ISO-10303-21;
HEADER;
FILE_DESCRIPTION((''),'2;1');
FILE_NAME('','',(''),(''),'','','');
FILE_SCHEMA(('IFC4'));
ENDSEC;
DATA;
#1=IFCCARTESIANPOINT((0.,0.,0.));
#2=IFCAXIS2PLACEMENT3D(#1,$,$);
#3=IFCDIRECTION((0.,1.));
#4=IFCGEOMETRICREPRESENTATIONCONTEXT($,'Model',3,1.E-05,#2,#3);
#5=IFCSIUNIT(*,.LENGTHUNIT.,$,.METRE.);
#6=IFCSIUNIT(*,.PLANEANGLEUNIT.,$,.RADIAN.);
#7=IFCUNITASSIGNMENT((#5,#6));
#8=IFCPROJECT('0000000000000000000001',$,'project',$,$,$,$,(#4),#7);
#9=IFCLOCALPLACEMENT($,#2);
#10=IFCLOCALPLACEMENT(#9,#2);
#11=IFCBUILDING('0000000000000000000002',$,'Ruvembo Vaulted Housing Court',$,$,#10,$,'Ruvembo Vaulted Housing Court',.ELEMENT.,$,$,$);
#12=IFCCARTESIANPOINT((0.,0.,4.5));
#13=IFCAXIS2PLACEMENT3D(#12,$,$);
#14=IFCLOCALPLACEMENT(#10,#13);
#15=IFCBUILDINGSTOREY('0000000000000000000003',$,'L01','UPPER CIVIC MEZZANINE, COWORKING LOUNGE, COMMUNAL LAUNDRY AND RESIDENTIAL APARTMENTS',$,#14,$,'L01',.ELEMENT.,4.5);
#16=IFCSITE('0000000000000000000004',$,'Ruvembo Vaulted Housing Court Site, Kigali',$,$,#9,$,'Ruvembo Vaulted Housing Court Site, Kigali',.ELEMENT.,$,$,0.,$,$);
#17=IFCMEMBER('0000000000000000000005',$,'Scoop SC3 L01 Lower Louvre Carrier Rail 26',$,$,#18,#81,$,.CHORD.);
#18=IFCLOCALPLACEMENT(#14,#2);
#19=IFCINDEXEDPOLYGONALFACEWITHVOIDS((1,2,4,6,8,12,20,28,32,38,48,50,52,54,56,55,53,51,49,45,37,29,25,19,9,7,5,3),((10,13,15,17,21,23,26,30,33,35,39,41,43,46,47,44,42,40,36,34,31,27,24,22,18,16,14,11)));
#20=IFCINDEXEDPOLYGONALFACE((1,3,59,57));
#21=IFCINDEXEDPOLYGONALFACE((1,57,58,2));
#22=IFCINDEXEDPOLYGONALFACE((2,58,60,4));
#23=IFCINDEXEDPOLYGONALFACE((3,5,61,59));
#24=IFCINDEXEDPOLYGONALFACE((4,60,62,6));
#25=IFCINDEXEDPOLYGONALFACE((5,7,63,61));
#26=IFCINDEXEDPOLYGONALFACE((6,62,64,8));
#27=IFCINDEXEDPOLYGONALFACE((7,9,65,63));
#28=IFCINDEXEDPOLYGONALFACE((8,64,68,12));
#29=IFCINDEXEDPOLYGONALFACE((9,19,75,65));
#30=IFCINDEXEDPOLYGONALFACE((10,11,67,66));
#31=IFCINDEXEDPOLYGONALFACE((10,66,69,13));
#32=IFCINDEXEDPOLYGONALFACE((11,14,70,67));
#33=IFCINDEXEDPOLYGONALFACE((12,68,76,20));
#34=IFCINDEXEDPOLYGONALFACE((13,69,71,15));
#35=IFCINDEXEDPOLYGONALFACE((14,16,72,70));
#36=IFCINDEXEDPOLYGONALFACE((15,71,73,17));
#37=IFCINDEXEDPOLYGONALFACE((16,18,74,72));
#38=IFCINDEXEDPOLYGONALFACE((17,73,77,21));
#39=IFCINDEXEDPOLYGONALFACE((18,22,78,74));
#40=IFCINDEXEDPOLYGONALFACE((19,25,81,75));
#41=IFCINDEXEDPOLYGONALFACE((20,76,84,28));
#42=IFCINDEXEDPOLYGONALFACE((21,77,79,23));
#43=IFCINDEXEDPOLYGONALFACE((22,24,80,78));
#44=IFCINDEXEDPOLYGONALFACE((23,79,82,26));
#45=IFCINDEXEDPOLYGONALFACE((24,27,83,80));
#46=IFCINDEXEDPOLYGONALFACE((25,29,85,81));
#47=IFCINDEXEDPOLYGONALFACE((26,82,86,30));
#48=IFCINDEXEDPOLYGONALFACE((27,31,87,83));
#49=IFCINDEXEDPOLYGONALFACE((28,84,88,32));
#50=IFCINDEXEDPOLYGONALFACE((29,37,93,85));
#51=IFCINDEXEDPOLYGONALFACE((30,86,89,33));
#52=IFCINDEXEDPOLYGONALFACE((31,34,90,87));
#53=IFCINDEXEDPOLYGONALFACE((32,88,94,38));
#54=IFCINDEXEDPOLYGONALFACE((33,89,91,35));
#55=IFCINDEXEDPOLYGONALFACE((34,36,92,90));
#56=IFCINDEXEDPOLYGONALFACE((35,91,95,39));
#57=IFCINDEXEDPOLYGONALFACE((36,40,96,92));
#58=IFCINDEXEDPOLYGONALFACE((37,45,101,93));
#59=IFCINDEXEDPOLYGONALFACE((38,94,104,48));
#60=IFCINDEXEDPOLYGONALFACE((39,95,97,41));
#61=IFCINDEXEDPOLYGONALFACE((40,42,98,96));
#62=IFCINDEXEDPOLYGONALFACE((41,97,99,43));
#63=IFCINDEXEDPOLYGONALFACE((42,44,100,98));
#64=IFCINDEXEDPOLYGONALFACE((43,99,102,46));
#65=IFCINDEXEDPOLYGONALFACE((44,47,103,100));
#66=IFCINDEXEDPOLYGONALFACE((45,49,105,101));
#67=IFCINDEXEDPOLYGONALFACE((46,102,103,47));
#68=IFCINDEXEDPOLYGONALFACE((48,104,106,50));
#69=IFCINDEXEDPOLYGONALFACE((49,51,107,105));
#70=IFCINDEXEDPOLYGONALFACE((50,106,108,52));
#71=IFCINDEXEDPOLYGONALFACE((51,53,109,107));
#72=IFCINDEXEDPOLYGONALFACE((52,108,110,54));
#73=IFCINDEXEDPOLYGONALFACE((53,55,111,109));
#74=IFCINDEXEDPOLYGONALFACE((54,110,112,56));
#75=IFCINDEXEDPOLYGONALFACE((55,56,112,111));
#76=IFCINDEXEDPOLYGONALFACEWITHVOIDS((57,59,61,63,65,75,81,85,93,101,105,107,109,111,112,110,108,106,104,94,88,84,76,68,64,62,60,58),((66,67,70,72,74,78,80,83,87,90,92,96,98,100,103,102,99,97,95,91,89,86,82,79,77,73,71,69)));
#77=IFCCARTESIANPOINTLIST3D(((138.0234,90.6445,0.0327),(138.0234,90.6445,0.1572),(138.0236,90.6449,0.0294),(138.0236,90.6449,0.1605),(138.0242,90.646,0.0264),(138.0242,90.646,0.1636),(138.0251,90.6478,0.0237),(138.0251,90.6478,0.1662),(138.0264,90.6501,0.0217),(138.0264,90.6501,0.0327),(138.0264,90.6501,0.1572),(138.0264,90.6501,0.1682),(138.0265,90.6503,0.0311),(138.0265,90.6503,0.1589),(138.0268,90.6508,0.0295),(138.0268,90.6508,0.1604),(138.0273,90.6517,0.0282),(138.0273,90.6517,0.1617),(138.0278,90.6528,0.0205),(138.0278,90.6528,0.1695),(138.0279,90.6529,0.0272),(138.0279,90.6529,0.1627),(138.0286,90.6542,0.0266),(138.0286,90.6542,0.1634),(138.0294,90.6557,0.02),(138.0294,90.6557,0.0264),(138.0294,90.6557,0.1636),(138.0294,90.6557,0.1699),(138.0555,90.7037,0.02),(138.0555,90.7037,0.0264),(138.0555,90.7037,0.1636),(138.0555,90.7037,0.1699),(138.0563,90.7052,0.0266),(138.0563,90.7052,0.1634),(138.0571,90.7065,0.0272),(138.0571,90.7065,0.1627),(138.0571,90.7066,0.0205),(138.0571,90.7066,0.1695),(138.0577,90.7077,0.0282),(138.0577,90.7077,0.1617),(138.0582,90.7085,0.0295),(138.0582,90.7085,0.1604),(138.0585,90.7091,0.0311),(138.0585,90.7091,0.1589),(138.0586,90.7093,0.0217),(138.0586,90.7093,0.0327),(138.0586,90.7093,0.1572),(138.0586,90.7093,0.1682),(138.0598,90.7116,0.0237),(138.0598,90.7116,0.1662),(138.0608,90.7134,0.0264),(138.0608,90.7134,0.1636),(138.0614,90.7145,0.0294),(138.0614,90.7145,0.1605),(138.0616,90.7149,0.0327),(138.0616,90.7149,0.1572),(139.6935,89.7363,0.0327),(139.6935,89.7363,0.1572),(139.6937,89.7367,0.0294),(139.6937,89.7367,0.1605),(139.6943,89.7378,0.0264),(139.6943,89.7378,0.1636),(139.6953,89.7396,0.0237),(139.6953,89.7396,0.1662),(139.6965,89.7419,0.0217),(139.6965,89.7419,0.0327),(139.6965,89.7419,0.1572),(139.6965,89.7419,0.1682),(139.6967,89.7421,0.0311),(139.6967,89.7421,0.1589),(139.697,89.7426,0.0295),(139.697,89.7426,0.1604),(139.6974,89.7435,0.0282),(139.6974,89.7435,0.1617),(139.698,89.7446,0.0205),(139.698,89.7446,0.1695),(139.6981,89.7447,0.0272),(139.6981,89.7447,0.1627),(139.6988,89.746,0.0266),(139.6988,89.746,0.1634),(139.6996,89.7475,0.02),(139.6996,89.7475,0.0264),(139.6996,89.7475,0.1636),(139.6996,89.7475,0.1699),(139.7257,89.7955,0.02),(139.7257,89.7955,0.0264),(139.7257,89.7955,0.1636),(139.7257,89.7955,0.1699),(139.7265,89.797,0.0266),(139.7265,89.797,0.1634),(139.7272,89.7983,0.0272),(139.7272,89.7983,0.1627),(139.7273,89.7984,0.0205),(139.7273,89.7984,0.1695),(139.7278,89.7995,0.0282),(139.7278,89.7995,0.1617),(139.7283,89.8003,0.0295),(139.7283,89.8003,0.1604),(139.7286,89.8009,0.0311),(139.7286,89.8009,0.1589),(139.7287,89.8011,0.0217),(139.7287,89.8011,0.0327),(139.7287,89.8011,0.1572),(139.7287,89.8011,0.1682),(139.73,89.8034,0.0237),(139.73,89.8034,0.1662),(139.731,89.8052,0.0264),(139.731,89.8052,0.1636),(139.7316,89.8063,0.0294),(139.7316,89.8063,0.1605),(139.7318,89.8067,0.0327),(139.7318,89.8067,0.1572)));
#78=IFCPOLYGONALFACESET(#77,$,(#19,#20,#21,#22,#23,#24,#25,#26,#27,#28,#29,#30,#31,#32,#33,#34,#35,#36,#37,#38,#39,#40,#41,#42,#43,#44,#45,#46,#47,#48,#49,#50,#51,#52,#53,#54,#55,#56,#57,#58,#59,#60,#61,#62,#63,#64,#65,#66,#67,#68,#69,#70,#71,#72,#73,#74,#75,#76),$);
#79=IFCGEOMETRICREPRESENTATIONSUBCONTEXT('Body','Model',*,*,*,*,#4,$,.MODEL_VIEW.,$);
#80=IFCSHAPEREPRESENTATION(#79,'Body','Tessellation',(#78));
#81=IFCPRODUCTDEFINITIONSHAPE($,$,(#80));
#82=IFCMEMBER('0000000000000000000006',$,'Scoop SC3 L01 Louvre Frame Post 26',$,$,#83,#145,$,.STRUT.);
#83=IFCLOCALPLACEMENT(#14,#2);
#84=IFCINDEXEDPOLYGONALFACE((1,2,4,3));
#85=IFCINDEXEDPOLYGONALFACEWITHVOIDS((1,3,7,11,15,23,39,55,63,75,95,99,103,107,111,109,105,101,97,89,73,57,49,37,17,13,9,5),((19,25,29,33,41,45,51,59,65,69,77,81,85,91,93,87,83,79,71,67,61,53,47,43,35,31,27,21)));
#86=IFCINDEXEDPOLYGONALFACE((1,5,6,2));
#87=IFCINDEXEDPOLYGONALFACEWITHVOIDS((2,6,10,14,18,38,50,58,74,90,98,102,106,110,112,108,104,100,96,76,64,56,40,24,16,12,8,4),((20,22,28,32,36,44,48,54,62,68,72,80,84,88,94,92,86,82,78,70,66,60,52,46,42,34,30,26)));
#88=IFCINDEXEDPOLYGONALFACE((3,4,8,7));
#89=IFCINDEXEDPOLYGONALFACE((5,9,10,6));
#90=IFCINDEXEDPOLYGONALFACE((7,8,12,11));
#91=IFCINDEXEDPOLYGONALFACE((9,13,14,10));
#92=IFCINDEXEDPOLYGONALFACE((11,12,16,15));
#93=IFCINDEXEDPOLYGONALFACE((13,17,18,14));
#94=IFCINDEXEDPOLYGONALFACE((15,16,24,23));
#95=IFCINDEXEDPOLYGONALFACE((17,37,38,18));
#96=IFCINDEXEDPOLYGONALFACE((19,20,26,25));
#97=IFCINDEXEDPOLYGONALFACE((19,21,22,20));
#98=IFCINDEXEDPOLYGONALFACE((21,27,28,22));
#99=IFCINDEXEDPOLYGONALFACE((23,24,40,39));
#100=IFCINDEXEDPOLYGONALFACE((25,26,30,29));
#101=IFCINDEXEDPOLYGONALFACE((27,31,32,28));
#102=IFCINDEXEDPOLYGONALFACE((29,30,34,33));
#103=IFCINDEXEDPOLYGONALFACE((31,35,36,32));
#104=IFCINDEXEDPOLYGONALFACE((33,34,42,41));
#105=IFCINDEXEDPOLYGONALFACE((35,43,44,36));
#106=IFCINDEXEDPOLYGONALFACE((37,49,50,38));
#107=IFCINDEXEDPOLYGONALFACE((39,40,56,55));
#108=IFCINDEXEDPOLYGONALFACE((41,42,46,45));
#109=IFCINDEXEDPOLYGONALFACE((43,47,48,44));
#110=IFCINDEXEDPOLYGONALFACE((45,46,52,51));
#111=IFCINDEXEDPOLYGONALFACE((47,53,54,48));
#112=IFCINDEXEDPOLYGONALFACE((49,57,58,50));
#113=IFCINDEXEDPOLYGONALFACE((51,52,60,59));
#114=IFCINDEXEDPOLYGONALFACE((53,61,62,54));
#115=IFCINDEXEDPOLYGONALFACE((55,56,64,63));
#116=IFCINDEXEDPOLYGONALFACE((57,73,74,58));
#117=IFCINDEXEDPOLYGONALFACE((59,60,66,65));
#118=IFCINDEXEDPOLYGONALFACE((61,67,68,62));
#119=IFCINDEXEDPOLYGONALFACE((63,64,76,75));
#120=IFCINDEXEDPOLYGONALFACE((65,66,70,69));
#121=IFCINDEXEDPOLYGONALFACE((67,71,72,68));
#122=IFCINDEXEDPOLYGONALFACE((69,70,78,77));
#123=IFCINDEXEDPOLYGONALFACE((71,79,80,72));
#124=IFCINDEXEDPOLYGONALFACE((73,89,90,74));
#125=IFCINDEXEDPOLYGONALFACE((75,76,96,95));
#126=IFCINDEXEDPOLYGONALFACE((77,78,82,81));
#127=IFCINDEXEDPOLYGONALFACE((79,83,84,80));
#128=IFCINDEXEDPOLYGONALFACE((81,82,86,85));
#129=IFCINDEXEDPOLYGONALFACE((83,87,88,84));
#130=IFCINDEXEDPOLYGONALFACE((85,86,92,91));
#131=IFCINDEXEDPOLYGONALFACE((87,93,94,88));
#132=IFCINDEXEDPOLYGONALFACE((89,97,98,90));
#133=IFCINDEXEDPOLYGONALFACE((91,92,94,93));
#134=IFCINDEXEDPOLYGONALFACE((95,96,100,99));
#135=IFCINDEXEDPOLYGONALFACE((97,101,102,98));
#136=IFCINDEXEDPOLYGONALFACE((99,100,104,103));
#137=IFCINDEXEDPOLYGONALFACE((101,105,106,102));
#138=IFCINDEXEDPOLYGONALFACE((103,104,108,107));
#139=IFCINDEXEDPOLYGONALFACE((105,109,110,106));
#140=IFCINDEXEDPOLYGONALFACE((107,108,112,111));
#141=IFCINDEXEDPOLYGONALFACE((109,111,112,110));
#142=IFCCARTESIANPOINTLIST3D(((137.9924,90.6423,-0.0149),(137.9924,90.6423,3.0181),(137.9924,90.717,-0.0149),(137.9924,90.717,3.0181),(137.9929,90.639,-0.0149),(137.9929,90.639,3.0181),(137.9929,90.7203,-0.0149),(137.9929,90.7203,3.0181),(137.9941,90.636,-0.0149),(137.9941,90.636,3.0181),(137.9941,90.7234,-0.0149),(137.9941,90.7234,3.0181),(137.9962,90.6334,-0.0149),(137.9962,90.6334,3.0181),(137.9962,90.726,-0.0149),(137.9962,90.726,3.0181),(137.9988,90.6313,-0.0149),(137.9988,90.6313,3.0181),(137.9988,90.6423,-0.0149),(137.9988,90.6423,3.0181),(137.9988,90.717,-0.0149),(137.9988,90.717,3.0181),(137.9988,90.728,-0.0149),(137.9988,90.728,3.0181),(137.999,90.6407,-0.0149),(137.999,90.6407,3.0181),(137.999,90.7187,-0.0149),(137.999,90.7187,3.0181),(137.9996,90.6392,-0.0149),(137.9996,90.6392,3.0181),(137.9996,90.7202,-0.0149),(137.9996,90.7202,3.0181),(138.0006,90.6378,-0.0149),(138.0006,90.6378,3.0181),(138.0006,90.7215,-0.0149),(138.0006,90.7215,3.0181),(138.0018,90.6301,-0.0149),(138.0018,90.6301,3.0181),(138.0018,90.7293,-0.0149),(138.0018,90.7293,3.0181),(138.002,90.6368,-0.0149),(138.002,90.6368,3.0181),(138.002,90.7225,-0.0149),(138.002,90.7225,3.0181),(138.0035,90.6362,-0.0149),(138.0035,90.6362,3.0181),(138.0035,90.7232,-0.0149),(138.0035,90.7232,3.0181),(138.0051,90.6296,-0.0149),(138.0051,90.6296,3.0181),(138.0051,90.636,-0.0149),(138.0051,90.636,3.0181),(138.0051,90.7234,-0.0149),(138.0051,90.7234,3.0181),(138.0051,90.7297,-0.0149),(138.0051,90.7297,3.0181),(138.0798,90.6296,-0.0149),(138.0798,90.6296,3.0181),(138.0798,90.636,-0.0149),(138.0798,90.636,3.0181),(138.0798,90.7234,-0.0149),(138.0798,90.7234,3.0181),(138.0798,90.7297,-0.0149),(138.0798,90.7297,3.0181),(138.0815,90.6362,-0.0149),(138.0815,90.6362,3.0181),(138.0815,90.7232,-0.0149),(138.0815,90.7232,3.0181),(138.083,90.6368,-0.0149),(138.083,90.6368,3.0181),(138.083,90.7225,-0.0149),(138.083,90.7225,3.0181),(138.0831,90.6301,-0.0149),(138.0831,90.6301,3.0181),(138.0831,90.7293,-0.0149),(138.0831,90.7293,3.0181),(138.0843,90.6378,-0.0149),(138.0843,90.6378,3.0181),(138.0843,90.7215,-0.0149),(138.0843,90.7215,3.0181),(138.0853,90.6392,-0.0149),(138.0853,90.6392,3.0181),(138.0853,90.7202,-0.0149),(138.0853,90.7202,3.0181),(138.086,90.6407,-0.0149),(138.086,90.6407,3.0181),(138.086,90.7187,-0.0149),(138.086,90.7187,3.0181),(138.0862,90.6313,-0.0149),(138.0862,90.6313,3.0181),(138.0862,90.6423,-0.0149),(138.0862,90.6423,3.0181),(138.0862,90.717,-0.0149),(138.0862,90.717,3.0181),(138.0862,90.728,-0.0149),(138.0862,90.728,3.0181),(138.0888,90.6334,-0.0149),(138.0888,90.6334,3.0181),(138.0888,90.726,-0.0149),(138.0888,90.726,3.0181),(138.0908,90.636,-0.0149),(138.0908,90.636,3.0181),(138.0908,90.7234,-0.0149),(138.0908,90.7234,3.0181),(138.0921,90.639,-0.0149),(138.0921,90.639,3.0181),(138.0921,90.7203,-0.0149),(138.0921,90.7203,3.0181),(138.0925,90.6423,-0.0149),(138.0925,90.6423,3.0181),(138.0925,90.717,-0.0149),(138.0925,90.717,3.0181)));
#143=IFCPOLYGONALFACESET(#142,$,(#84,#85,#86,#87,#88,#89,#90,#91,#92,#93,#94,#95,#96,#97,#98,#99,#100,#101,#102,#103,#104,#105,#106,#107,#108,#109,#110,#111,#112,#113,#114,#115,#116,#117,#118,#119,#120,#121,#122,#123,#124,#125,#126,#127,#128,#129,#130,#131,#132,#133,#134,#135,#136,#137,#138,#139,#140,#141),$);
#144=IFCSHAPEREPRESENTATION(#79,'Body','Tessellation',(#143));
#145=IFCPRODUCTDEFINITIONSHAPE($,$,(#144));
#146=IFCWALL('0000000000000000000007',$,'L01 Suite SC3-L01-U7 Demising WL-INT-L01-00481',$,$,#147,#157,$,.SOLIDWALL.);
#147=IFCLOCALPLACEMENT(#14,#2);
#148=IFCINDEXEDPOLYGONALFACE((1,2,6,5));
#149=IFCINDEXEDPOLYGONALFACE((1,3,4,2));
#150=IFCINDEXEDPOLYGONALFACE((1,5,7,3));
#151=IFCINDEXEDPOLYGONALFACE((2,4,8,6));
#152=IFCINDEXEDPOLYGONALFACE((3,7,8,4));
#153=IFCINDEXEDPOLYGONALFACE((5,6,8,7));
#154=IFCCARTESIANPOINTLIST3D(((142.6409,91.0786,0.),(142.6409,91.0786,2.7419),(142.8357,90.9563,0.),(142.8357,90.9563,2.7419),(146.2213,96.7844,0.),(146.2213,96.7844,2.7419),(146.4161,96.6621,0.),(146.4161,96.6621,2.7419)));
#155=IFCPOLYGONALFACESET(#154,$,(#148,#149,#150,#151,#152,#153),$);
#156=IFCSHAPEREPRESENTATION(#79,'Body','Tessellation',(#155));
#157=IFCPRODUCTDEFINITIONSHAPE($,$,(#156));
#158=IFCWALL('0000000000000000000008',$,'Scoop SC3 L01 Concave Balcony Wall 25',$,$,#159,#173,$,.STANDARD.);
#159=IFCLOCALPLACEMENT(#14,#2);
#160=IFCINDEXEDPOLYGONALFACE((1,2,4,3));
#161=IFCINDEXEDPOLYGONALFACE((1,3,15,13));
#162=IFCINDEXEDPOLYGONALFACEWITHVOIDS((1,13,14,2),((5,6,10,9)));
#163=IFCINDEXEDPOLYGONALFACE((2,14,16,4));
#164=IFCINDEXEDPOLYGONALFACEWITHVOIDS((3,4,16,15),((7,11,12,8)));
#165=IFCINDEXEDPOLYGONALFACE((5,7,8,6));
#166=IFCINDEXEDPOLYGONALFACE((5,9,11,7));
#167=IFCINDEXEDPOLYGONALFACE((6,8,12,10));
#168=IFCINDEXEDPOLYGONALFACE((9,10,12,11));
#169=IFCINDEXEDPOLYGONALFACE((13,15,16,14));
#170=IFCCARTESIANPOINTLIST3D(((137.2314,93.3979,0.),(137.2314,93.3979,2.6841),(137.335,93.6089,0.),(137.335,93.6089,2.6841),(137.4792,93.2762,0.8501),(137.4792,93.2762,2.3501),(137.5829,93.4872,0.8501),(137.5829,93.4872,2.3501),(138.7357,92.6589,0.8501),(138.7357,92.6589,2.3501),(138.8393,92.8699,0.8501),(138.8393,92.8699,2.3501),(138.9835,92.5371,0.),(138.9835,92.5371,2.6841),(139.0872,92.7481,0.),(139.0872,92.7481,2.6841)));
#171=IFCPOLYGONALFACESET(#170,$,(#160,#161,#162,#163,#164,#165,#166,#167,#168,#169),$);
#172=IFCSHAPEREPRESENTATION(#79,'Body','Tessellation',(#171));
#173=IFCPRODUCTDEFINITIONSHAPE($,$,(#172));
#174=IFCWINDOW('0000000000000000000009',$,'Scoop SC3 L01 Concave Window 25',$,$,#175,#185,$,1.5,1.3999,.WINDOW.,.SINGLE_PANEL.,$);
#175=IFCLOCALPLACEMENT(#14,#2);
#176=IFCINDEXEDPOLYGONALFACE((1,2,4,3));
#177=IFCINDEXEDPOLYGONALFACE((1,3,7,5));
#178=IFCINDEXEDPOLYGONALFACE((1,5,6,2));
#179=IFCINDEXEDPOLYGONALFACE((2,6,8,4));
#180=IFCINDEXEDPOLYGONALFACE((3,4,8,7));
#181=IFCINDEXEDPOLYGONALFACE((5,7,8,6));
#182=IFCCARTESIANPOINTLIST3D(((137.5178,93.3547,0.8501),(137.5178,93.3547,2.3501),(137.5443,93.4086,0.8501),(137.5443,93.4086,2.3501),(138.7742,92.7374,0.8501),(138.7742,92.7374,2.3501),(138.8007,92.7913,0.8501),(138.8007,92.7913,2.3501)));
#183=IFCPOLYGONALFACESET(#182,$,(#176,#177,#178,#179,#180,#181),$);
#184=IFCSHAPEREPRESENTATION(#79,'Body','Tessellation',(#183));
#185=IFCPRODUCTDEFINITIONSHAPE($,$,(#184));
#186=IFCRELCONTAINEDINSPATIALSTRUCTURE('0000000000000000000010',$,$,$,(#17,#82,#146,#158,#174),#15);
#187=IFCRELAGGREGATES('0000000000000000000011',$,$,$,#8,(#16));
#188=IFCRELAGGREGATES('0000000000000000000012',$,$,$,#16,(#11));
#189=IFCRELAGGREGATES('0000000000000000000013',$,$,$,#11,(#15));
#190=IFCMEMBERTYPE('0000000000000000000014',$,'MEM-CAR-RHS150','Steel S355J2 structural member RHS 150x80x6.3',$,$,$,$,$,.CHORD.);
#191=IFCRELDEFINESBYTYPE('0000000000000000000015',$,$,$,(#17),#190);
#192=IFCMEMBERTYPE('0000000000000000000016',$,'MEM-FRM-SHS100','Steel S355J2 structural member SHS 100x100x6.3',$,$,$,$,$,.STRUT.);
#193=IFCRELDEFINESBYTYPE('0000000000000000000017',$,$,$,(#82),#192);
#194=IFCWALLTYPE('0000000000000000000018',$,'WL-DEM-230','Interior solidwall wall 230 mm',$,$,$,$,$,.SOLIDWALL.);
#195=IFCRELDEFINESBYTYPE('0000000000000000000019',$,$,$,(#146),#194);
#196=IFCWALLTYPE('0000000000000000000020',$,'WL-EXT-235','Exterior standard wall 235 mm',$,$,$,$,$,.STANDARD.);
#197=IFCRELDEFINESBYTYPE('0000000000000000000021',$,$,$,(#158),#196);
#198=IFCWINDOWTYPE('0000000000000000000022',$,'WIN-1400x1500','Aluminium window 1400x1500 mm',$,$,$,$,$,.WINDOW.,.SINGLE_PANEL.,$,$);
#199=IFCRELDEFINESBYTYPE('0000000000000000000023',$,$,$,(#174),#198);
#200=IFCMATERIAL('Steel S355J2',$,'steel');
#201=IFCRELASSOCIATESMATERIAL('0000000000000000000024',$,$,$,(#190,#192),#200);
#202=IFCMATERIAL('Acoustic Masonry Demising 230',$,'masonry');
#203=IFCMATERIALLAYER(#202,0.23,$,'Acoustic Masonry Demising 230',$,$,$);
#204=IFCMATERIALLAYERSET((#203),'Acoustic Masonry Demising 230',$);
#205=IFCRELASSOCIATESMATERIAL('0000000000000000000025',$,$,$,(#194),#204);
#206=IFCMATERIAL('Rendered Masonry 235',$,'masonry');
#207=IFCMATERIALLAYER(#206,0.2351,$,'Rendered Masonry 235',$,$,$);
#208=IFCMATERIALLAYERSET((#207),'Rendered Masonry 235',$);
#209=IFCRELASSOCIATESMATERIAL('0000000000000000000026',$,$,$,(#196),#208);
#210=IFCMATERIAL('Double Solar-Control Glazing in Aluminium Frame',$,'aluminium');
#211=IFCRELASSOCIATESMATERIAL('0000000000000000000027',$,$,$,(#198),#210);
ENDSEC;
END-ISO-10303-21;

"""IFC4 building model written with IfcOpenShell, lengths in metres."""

from ifc_helpers import new_model, si_unit, direction, frame, frame_2d, origin, origin_2d, place, context, subcontext, project, spatial, rectangle, hollow_rectangle, extrude, material, layer, layer_set, material_profile, profile_set, type_object, element, fill, save


model = new_model("IFC4")

# Units and contexts
model_context = context("Model", 3, precision=1e-05, world=origin(), true_north=direction((0.0, 1.0)))
body_context = subcontext(model_context, "Body", "Model", "MODEL_VIEW")
ifc_project = project(units=[si_unit("LENGTHUNIT", "METRE"), si_unit("PLANEANGLEUNIT", "RADIAN")], contexts=[model_context])

# Site, building, storey
site_placement = place(None, origin())
site = spatial("IfcSite", under=ifc_project, at=site_placement, Name="Ruvembo Vaulted Housing Court Site, Kigali", LongName="Ruvembo Vaulted Housing Court Site, Kigali", CompositionType="ELEMENT", RefElevation=0.0)
building_placement = place(site_placement, origin())
building = spatial("IfcBuilding", under=site, at=building_placement, Name="Ruvembo Vaulted Housing Court", LongName="Ruvembo Vaulted Housing Court", CompositionType="ELEMENT")
storey_placement = place(building_placement, frame((0.0, 0.0, 4.5)))
storey = spatial("IfcBuildingStorey", under=building, at=storey_placement, Name="L01", Description="UPPER CIVIC MEZZANINE, COWORKING LOUNGE, COMMUNAL LAUNDRY AND RESIDENTIAL APARTMENTS", LongName="L01", CompositionType="ELEMENT", Elevation=4.5)

# Shared definitions
ifc_material_1 = material(Name="Steel S355J2", Category="steel")

# Members
ifc_material_profile_1 = material_profile(ifc_material_1, hollow_rectangle(XDim=0.0801, YDim=0.1499, WallThickness=0.0063, InnerFilletRadius=0.0063, OuterFilletRadius=0.0127, at=origin_2d()), Name="RHS 150x80x6.3")
ifc_profile_set_1 = profile_set([ifc_material_profile_1], Name="Steel S355J2")
member_type_1 = type_object("IfcMemberType", Name="MEM-CAR-RHS150", Description="Steel S355J2 structural member RHS 150x80x6.3", PredefinedType="CHORD", material=ifc_profile_set_1)
for number, where, z_axis, x_axis, name in (
    (1, (138.0425, 90.6797, 0.095), (0.878513, -0.477718, 0.0), (0.477718, 0.878513, 0.0), "Scoop SC3 L01 Lower Louvre Carrier Rail 26"),
):
    element("IfcMember", number, at=place(storey_placement, frame(where, z_axis=z_axis, x_axis=x_axis)), inside=storey, type_object=member_type_1, Name=name, PredefinedType="CHORD", context=body_context, shape_type="SweptSolid", body=[
        extrude(hollow_rectangle(XDim=0.0801, YDim=0.1499, WallThickness=0.0063, InnerFilletRadius=0.0063, OuterFilletRadius=0.0127, at=origin_2d()), origin(), (0.0, 0.0, 1.0), 1.9011),
    ])
ifc_material_profile_2 = material_profile(ifc_material_1, hollow_rectangle(XDim=0.1001, YDim=0.1001, WallThickness=0.0063, InnerFilletRadius=0.0063, OuterFilletRadius=0.0127, at=origin_2d()), Name="SHS 100x100x6.3")
ifc_profile_set_2 = profile_set([ifc_material_profile_2], Name="Steel S355J2")
member_type_2 = type_object("IfcMemberType", Name="MEM-FRM-SHS100", Description="Steel S355J2 structural member SHS 100x100x6.3", PredefinedType="STRUT", material=ifc_profile_set_2)
member_placement = place(storey_placement, frame((138.0425, 90.6797, -0.0149), z_axis=(0.0, 0.0, 1.0), x_axis=(1.0, 0.0, 0.0)))
element("IfcMember", 2, at=member_placement, inside=storey, type_object=member_type_2, Name="Scoop SC3 L01 Louvre Frame Post 26", PredefinedType="STRUT", context=body_context, shape_type="SweptSolid", body=[
    extrude(hollow_rectangle(XDim=0.1001, YDim=0.1001, WallThickness=0.0063, InnerFilletRadius=0.0063, OuterFilletRadius=0.0127, at=origin_2d()), origin(), (0.0, 0.0, 1.0), 3.033),
])

# Wall
ifc_material_2 = material(Name="Acoustic Masonry Demising 230", Category="masonry")
ifc_layer_1 = layer(ifc_material_2, 0.23, Name="Acoustic Masonry Demising 230")
ifc_layer_set_1 = layer_set([ifc_layer_1], Name="Acoustic Masonry Demising 230")
wall_type_1 = type_object("IfcWallType", Name="WL-DEM-230", Description="Interior solidwall wall 230 mm", PredefinedType="SOLIDWALL", material=ifc_layer_set_1)
wall_1_placement = place(storey_placement, frame((142.7383, 91.0173, 0.0), z_axis=(0.0, 0.0, 1.0), x_axis=(0.531513, 0.84705, 0.0)))
element("IfcWall", 3, at=wall_1_placement, inside=storey, type_object=wall_type_1, Name="L01 Suite SC3-L01-U7 Demising WL-INT-L01-00481", PredefinedType="SOLIDWALL", context=body_context, shape_type="SweptSolid", body=[
    extrude(rectangle(XDim=6.7361, YDim=0.23, at=frame_2d((3.3682, 0.0))), origin(), (0.0, 0.0, 1.0), 2.7419),
])

# Wall, opening, window
ifc_material_3 = material(Name="Rendered Masonry 235", Category="masonry")
ifc_layer_2 = layer(ifc_material_3, 0.2351, Name="Rendered Masonry 235")
ifc_layer_set_2 = layer_set([ifc_layer_2], Name="Rendered Masonry 235")
wall_type_2 = type_object("IfcWallType", Name="WL-EXT-235", Description="Exterior standard wall 235 mm", PredefinedType="STANDARD", material=ifc_layer_set_2)
wall_2_placement = place(storey_placement, frame((137.2832, 93.5034, 0.0), z_axis=(0.0, 0.0, 1.0), x_axis=(0.897532, -0.44095, 0.0)))
wall_2 = element("IfcWall", 4, at=wall_2_placement, inside=storey, type_object=wall_type_2, Name="Scoop SC3 L01 Concave Balcony Wall 25", PredefinedType="STANDARD", context=body_context, shape_type="SweptSolid", body=[
    extrude(rectangle(XDim=1.9521, YDim=0.2351, at=frame_2d((0.9761, 0.0))), origin(), (0.0, 0.0, 1.0), 2.6841),
])
opening_1_placement = place(wall_2_placement, frame((0.2761, 0.0, 0.8501)))
opening_1 = element("IfcOpeningElement", 5, at=opening_1_placement, cuts=wall_2, PredefinedType="OPENING", context=body_context, shape_type="SweptSolid", body=[
    extrude(rectangle(XDim=1.3999, YDim=1.5, at=frame_2d((0.7, 0.75))), frame((0.0, 0.1274, 0.0), z_axis=(0.0, -1.0, 0.0), x_axis=(1.0, 0.0, 0.0)), (0.0, 0.0, 1.0), 0.2551),
])
ifc_material_4 = material(Name="Double Solar-Control Glazing in Aluminium Frame", Category="aluminium")
window_type_1 = type_object("IfcWindowType", Name="WIN-1400x1500", Description="Aluminium window 1400x1500 mm", PartitioningType="SINGLE_PANEL", PredefinedType="WINDOW", material=ifc_material_4)
window_1_placement = place(opening_1_placement, origin())
window_1 = element("IfcWindow", 6, at=window_1_placement, inside=storey, type_object=window_type_1, Name="Scoop SC3 L01 Concave Window 25", OverallHeight=1.5, OverallWidth=1.3999, PartitioningType="SINGLE_PANEL", PredefinedType="WINDOW", context=body_context, shape_type="SweptSolid", body=[
    extrude(rectangle(XDim=1.3999, YDim=1.5, at=frame_2d((0.7, 0.75))), frame((0.0, 0.03, 0.0), z_axis=(0.0, -1.0, 0.0), x_axis=(1.0, 0.0, 0.0)), (0.0, 0.0, 1.0), 0.0601),
])
fill(opening_1, window_1)

save(model, "model.ifc")
